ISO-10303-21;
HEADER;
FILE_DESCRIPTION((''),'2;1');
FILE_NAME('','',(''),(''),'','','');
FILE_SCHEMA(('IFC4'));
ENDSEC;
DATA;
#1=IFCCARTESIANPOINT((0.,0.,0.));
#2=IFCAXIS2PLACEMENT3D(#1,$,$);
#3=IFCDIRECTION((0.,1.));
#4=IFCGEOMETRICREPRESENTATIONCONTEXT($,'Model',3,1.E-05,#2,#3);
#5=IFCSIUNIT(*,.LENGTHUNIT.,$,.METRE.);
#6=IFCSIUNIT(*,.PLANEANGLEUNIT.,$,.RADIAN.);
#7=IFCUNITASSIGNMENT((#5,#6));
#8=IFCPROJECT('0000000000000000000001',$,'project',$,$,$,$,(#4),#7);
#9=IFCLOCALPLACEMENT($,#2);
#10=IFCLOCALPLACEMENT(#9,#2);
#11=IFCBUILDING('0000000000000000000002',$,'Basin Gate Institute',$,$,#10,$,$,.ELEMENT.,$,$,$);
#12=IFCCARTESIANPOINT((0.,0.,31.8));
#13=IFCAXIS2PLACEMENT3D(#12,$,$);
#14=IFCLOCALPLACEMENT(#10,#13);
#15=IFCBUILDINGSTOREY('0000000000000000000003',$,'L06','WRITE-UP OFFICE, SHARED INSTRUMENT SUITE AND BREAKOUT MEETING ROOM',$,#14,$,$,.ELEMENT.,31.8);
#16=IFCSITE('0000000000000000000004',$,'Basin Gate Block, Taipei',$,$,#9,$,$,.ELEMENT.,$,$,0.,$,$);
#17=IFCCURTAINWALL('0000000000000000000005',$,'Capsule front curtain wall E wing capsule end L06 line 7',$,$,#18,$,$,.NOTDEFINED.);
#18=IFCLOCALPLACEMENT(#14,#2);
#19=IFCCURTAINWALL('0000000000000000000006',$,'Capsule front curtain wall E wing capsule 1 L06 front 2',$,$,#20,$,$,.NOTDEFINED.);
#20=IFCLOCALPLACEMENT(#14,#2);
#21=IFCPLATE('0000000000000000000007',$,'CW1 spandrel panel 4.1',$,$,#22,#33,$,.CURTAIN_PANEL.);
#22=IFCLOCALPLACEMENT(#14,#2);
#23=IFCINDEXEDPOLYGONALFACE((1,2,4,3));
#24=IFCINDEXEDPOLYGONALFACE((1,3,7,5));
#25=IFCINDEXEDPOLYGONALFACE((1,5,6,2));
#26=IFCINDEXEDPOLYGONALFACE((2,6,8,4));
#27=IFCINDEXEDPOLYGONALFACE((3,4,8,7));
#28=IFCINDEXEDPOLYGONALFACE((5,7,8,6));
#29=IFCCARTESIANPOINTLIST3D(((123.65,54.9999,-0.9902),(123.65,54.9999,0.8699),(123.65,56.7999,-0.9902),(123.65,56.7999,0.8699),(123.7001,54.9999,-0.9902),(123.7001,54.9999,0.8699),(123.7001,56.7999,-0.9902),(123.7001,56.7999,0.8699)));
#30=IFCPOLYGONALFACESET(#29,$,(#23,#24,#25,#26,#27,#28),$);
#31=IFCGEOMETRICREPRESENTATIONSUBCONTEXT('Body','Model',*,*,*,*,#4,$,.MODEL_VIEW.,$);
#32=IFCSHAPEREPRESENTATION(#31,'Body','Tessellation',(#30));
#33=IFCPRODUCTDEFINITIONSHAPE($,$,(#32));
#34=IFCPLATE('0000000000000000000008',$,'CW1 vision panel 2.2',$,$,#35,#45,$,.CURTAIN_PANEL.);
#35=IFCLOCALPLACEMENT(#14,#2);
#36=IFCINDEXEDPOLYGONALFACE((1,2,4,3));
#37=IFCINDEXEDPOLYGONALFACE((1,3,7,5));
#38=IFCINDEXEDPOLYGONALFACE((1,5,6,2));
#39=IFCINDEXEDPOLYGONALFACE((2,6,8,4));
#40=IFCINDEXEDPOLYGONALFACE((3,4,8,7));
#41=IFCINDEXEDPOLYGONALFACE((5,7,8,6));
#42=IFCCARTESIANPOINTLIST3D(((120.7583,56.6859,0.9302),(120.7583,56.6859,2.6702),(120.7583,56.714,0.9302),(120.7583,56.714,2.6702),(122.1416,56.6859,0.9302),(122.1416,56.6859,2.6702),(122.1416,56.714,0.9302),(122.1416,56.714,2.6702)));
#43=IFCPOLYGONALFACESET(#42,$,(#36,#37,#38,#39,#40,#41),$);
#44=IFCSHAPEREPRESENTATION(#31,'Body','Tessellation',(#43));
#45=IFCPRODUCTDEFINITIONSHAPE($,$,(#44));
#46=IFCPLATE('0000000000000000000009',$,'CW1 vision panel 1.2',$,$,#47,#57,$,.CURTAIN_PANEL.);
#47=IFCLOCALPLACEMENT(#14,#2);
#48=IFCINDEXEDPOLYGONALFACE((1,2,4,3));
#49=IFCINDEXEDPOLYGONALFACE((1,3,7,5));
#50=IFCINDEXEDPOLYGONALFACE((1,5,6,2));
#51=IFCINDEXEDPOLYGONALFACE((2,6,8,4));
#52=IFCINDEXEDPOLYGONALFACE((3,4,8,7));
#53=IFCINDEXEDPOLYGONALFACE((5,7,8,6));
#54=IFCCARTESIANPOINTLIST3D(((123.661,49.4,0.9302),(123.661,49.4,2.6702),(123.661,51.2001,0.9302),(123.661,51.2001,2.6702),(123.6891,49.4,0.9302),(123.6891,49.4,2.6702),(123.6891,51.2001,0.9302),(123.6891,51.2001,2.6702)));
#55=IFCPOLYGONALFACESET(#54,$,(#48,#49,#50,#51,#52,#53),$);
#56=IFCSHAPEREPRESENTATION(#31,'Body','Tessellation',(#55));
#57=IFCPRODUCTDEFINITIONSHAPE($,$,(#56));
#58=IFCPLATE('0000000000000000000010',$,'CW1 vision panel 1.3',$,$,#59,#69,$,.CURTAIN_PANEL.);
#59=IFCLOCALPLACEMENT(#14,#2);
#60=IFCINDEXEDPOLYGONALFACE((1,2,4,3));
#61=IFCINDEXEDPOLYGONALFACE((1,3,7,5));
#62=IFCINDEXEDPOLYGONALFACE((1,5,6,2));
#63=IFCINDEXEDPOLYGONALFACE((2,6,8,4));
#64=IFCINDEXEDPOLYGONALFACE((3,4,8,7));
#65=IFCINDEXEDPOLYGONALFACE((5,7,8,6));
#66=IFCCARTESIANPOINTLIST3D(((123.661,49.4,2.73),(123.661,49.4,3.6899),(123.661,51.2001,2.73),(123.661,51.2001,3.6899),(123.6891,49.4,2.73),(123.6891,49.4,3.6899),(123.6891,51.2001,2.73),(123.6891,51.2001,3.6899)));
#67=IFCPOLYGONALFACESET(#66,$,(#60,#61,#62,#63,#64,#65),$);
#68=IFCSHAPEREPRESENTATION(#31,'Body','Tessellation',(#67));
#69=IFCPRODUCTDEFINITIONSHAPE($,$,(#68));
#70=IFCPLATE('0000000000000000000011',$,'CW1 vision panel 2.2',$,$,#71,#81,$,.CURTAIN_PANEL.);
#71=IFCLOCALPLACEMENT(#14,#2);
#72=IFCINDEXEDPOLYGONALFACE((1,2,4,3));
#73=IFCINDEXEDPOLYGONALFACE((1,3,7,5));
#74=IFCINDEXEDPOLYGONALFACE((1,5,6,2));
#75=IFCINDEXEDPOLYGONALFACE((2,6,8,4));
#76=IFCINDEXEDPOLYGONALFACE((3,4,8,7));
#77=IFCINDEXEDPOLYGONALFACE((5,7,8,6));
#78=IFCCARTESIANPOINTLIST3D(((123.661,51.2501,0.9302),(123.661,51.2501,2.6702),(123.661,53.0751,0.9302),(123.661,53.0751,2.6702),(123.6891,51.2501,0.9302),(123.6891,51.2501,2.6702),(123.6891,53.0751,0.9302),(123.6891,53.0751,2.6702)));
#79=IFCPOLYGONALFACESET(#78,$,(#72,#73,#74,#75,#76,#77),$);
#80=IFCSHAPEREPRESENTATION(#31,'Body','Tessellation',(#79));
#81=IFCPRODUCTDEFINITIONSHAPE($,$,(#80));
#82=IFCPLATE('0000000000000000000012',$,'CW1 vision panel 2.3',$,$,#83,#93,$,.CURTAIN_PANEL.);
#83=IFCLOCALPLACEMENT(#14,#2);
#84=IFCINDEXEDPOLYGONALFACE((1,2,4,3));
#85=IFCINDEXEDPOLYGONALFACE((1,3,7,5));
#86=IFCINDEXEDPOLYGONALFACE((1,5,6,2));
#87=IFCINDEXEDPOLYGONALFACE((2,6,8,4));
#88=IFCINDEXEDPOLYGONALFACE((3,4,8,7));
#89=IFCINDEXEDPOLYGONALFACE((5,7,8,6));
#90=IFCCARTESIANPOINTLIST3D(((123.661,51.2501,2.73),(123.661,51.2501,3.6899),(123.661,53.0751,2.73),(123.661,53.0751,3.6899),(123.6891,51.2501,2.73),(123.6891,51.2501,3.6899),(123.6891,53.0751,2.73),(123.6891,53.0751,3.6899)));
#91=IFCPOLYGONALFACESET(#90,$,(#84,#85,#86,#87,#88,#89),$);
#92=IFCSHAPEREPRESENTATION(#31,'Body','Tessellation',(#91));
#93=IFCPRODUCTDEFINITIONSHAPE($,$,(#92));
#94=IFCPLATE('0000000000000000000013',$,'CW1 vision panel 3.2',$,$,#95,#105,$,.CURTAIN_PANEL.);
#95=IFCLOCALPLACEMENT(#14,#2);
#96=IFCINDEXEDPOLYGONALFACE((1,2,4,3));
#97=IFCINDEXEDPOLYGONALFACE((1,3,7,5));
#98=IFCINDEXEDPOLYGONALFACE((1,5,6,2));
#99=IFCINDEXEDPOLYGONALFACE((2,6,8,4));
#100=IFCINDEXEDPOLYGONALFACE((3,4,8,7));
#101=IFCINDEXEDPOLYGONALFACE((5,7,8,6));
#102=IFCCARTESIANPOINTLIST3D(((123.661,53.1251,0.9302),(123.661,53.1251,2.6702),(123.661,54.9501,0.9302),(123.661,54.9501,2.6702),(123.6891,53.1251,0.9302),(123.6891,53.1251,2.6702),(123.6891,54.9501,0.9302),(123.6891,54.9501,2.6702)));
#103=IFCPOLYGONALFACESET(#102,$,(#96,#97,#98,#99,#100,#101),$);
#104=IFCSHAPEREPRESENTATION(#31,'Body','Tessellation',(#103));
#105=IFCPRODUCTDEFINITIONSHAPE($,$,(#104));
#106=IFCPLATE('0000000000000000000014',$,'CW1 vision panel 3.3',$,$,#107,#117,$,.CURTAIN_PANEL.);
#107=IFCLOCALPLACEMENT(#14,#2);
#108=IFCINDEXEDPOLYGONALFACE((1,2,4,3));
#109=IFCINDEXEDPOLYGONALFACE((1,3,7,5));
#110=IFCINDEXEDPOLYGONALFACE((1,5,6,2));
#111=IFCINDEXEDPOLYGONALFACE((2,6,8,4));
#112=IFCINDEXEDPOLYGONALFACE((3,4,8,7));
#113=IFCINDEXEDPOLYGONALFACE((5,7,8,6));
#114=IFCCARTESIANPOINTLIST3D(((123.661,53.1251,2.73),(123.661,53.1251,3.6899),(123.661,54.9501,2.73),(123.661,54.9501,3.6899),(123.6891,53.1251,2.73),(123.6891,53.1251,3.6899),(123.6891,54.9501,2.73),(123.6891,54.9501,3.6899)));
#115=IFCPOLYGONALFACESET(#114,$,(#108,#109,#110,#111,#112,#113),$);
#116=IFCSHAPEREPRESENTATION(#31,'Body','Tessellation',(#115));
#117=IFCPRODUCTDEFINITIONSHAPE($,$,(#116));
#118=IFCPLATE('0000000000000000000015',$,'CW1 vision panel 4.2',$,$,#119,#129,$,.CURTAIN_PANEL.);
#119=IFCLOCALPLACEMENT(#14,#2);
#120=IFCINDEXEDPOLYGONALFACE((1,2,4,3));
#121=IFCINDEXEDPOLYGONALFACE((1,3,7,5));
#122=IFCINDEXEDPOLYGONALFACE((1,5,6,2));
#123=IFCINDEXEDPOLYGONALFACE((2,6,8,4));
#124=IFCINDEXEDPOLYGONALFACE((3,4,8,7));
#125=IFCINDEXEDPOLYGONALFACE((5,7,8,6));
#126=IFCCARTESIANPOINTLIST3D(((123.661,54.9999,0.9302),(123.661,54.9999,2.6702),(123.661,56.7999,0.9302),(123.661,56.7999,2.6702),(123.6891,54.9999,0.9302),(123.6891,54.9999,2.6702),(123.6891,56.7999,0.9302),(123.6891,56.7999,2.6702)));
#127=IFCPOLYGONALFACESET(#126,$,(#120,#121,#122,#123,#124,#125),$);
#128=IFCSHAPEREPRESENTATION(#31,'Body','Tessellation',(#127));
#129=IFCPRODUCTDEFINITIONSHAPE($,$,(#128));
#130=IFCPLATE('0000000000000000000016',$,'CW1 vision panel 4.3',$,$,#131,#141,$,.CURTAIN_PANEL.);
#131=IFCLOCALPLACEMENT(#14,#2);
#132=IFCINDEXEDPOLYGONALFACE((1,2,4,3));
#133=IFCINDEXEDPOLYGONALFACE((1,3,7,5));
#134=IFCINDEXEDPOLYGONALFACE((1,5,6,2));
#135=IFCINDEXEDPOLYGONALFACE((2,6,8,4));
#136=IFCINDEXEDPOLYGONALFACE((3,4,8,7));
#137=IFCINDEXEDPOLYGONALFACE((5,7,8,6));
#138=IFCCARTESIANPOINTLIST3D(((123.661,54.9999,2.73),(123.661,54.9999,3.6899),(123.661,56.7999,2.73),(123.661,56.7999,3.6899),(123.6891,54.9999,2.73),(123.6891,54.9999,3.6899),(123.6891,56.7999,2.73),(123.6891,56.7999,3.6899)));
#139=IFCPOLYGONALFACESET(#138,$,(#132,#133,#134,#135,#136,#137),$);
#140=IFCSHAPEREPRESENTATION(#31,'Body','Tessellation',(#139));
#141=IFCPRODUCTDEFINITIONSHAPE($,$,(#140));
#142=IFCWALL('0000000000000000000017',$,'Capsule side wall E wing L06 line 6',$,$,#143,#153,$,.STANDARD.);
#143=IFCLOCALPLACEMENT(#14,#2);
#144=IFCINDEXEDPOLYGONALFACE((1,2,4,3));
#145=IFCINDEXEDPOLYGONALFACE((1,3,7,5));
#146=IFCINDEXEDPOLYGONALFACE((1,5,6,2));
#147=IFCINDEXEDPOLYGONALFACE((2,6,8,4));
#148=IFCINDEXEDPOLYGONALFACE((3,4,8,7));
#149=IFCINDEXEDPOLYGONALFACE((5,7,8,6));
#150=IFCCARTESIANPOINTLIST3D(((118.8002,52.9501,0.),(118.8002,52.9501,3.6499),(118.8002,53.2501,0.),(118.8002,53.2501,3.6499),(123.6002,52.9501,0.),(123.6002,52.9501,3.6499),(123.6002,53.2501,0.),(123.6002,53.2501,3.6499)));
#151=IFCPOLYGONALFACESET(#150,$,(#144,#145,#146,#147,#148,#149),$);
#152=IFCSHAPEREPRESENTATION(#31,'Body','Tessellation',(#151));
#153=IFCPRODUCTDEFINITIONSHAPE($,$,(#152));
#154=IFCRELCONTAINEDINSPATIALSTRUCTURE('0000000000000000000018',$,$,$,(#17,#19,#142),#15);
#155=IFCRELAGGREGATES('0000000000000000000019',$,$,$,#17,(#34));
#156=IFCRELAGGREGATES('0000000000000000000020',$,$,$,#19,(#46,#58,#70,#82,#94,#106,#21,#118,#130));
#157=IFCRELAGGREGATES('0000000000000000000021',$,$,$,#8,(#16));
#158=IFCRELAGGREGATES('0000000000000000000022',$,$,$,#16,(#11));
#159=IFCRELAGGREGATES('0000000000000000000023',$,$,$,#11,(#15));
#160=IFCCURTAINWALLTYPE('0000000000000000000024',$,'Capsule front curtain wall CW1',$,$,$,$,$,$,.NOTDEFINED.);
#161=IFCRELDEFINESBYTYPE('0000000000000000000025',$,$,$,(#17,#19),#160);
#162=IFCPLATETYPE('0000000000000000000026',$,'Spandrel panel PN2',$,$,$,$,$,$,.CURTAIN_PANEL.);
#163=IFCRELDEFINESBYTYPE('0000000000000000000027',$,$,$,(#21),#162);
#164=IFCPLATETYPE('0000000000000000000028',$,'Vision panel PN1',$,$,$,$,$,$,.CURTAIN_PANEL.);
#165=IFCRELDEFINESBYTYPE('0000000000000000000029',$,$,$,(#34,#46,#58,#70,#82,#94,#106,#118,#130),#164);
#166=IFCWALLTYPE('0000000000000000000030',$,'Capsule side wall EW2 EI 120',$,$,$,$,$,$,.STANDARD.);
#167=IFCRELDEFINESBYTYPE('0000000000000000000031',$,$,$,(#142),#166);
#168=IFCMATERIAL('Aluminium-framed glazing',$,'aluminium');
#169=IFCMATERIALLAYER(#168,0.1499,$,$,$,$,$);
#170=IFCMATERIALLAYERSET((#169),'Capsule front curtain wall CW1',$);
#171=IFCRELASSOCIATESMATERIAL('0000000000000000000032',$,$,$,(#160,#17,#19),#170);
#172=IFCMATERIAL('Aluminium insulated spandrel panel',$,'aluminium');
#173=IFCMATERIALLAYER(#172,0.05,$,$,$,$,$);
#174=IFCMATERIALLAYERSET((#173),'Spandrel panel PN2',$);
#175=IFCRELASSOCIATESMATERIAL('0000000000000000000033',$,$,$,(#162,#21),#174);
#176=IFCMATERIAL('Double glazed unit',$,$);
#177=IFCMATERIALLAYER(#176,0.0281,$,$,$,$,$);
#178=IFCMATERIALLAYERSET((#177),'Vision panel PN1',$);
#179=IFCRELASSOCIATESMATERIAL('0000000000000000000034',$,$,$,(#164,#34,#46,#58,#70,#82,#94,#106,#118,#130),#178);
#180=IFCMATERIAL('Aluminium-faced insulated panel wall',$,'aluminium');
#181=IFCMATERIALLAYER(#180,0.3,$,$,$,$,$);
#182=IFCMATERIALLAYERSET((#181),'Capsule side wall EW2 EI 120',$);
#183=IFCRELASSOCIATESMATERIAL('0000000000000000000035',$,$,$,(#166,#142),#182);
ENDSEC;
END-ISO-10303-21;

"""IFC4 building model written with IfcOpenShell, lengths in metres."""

from ifc_helpers import new_model, si_unit, direction, frame, frame_2d, origin, origin_2d, place, context, subcontext, project, spatial, rectangle, extrude, material, layer, layer_set, type_object, element, aggregate, save


model = new_model("IFC4")

# Units and contexts
model_context = context("Model", 3, precision=1e-05, world=origin(), true_north=direction((0.0, 1.0)))
body_context = subcontext(model_context, "Body", "Model", "MODEL_VIEW")
ifc_project = project(units=[si_unit("LENGTHUNIT", "METRE"), si_unit("PLANEANGLEUNIT", "RADIAN")], contexts=[model_context])

# Site, building, storey
site_placement = place(None, origin())
site = spatial("IfcSite", under=ifc_project, at=site_placement, Name="Basin Gate Block, Taipei", CompositionType="ELEMENT", RefElevation=0.0)
building_placement = place(site_placement, origin())
building = spatial("IfcBuilding", under=site, at=building_placement, Name="Basin Gate Institute", CompositionType="ELEMENT")
storey_placement = place(building_placement, frame((0.0, 0.0, 31.8)))
storey = spatial("IfcBuildingStorey", under=building, at=storey_placement, Name="L06", Description="WRITE-UP OFFICE, SHARED INSTRUMENT SUITE AND BREAKOUT MEETING ROOM", CompositionType="ELEMENT", Elevation=31.8)

# Curtain wall
ifc_material_1 = material(Name="Aluminium-framed glazing", Category="aluminium")
ifc_layer_1 = layer(ifc_material_1, 0.1499)
ifc_layer_set_1 = layer_set([ifc_layer_1], Name="Capsule front curtain wall CW1")
curtain_wall_type = type_object("IfcCurtainWallType", Name="Capsule front curtain wall CW1", PredefinedType="NOTDEFINED", material=ifc_layer_set_1)
curtain_wall_1_placement = place(storey_placement, origin())
curtain_wall_1 = element("IfcCurtainWall", 1, at=curtain_wall_1_placement, inside=storey, type_object=curtain_wall_type, material=ifc_layer_set_1, Name="Capsule front curtain wall E wing capsule end L06 line 7", PredefinedType="NOTDEFINED")

# Curtain wall
curtain_wall_2_placement = place(storey_placement, origin())
curtain_wall_2 = element("IfcCurtainWall", 2, at=curtain_wall_2_placement, inside=storey, type_object=curtain_wall_type, material=ifc_layer_set_1, Name="Capsule front curtain wall E wing capsule 1 L06 front 2", PredefinedType="NOTDEFINED")

# Plates
ifc_material_2 = material(Name="Aluminium insulated spandrel panel", Category="aluminium")
ifc_layer_2 = layer(ifc_material_2, 0.05)
ifc_layer_set_2 = layer_set([ifc_layer_2], Name="Spandrel panel PN2")
plate_type_1 = type_object("IfcPlateType", Name="Spandrel panel PN2", PredefinedType="CURTAIN_PANEL", material=ifc_layer_set_2)
plate_1_placement = place(storey_placement, frame((123.675, 55.8999, -0.9902), z_axis=(0.0, 0.0, 1.0), x_axis=(0.0, 1.0, 0.0)))
plate_1 = element("IfcPlate", 3, at=plate_1_placement, type_object=plate_type_1, material=ifc_layer_set_2, Name="CW1 spandrel panel 4.1", PredefinedType="CURTAIN_PANEL", context=body_context, shape_type="SweptSolid", body=[
    extrude(rectangle(XDim=1.8, YDim=0.05, at=origin_2d()), origin(), (0.0, 0.0, 1.0), 1.8601),
])
ifc_material_3 = material(Name="Double glazed unit")
ifc_layer_3 = layer(ifc_material_3, 0.0281)
ifc_layer_set_3 = layer_set([ifc_layer_3], Name="Vision panel PN1")
plate_type_2 = type_object("IfcPlateType", Name="Vision panel PN1", PredefinedType="CURTAIN_PANEL", material=ifc_layer_set_3)
plate_2_placement = place(storey_placement, frame((121.45, 56.7, 0.9302), z_axis=(0.0, 0.0, 1.0), x_axis=(-1.0, 0.0, 0.0)))
plate_2 = element("IfcPlate", 4, at=plate_2_placement, type_object=plate_type_2, material=ifc_layer_set_3, Name="CW1 vision panel 2.2", PredefinedType="CURTAIN_PANEL", context=body_context, shape_type="SweptSolid", body=[
    extrude(rectangle(XDim=1.3833, YDim=0.0281, at=origin_2d()), origin(), (0.0, 0.0, 1.0), 1.74),
])
aggregate(curtain_wall_1, [plate_2])
plate_3_placement = place(storey_placement, frame((123.675, 50.3, 0.9302), z_axis=(0.0, 0.0, 1.0), x_axis=(0.0, 1.0, 0.0)))
plate_3 = element("IfcPlate", 5, at=plate_3_placement, type_object=plate_type_2, material=ifc_layer_set_3, Name="CW1 vision panel 1.2", PredefinedType="CURTAIN_PANEL", context=body_context, shape_type="SweptSolid", body=[
    extrude(rectangle(XDim=1.8, YDim=0.0281, at=origin_2d()), origin(), (0.0, 0.0, 1.0), 1.74),
])
plate_4_placement = place(storey_placement, frame((123.675, 50.3, 2.73), z_axis=(0.0, 0.0, 1.0), x_axis=(0.0, 1.0, 0.0)))
plate_4 = element("IfcPlate", 6, at=plate_4_placement, type_object=plate_type_2, material=ifc_layer_set_3, Name="CW1 vision panel 1.3", PredefinedType="CURTAIN_PANEL", context=body_context, shape_type="SweptSolid", body=[
    extrude(rectangle(XDim=1.8, YDim=0.0281, at=origin_2d()), origin(), (0.0, 0.0, 1.0), 0.96),
])
plate_5_placement = place(storey_placement, frame((123.675, 52.1626, 0.9302), z_axis=(0.0, 0.0, 1.0), x_axis=(0.0, 1.0, 0.0)))
plate_5 = element("IfcPlate", 7, at=plate_5_placement, type_object=plate_type_2, material=ifc_layer_set_3, Name="CW1 vision panel 2.2", PredefinedType="CURTAIN_PANEL", context=body_context, shape_type="SweptSolid", body=[
    extrude(rectangle(XDim=1.825, YDim=0.0281, at=origin_2d()), origin(), (0.0, 0.0, 1.0), 1.74),
])
plate_6_placement = place(storey_placement, frame((123.675, 52.1626, 2.73), z_axis=(0.0, 0.0, 1.0), x_axis=(0.0, 1.0, 0.0)))
plate_6 = element("IfcPlate", 8, at=plate_6_placement, type_object=plate_type_2, material=ifc_layer_set_3, Name="CW1 vision panel 2.3", PredefinedType="CURTAIN_PANEL", context=body_context, shape_type="SweptSolid", body=[
    extrude(rectangle(XDim=1.825, YDim=0.0281, at=origin_2d()), origin(), (0.0, 0.0, 1.0), 0.96),
])
plate_7_placement = place(storey_placement, frame((123.675, 54.0376, 0.9302), z_axis=(0.0, 0.0, 1.0), x_axis=(0.0, 1.0, 0.0)))
plate_7 = element("IfcPlate", 9, at=plate_7_placement, type_object=plate_type_2, material=ifc_layer_set_3, Name="CW1 vision panel 3.2", PredefinedType="CURTAIN_PANEL", context=body_context, shape_type="SweptSolid", body=[
    extrude(rectangle(XDim=1.825, YDim=0.0281, at=origin_2d()), origin(), (0.0, 0.0, 1.0), 1.74),
])
plate_8_placement = place(storey_placement, frame((123.675, 54.0376, 2.73), z_axis=(0.0, 0.0, 1.0), x_axis=(0.0, 1.0, 0.0)))
plate_8 = element("IfcPlate", 10, at=plate_8_placement, type_object=plate_type_2, material=ifc_layer_set_3, Name="CW1 vision panel 3.3", PredefinedType="CURTAIN_PANEL", context=body_context, shape_type="SweptSolid", body=[
    extrude(rectangle(XDim=1.825, YDim=0.0281, at=origin_2d()), origin(), (0.0, 0.0, 1.0), 0.96),
])
plate_9_placement = place(storey_placement, frame((123.675, 55.8999, 0.9302), z_axis=(0.0, 0.0, 1.0), x_axis=(0.0, 1.0, 0.0)))
plate_9 = element("IfcPlate", 11, at=plate_9_placement, type_object=plate_type_2, material=ifc_layer_set_3, Name="CW1 vision panel 4.2", PredefinedType="CURTAIN_PANEL", context=body_context, shape_type="SweptSolid", body=[
    extrude(rectangle(XDim=1.8, YDim=0.0281, at=origin_2d()), origin(), (0.0, 0.0, 1.0), 1.74),
])
plate_10_placement = place(storey_placement, frame((123.675, 55.8999, 2.73), z_axis=(0.0, 0.0, 1.0), x_axis=(0.0, 1.0, 0.0)))
plate_10 = element("IfcPlate", 12, at=plate_10_placement, type_object=plate_type_2, material=ifc_layer_set_3, Name="CW1 vision panel 4.3", PredefinedType="CURTAIN_PANEL", context=body_context, shape_type="SweptSolid", body=[
    extrude(rectangle(XDim=1.8, YDim=0.0281, at=origin_2d()), origin(), (0.0, 0.0, 1.0), 0.96),
])
aggregate(curtain_wall_2, [plate_3, plate_4, plate_5, plate_6, plate_7, plate_8, plate_1, plate_9, plate_10])

# Wall
ifc_material_4 = material(Name="Aluminium-faced insulated panel wall", Category="aluminium")
ifc_layer_4 = layer(ifc_material_4, 0.3)
ifc_layer_set_4 = layer_set([ifc_layer_4], Name="Capsule side wall EW2 EI 120")
wall_type = type_object("IfcWallType", Name="Capsule side wall EW2 EI 120", PredefinedType="STANDARD", material=ifc_layer_set_4)
wall_placement = place(storey_placement, frame((123.6001, 53.1001, 0.0), z_axis=(0.0, 0.0, 1.0), x_axis=(-1.0, 0.0, 0.0)))
element("IfcWall", 13, at=wall_placement, inside=storey, type_object=wall_type, material=ifc_layer_set_4, Name="Capsule side wall E wing L06 line 6", PredefinedType="STANDARD", context=body_context, shape_type="SweptSolid", body=[
    extrude(rectangle(XDim=4.8, YDim=0.3, at=frame_2d((2.3999, 0.0))), origin(), (0.0, 0.0, 1.0), 3.6499),
])

save(model, "model.ifc")
